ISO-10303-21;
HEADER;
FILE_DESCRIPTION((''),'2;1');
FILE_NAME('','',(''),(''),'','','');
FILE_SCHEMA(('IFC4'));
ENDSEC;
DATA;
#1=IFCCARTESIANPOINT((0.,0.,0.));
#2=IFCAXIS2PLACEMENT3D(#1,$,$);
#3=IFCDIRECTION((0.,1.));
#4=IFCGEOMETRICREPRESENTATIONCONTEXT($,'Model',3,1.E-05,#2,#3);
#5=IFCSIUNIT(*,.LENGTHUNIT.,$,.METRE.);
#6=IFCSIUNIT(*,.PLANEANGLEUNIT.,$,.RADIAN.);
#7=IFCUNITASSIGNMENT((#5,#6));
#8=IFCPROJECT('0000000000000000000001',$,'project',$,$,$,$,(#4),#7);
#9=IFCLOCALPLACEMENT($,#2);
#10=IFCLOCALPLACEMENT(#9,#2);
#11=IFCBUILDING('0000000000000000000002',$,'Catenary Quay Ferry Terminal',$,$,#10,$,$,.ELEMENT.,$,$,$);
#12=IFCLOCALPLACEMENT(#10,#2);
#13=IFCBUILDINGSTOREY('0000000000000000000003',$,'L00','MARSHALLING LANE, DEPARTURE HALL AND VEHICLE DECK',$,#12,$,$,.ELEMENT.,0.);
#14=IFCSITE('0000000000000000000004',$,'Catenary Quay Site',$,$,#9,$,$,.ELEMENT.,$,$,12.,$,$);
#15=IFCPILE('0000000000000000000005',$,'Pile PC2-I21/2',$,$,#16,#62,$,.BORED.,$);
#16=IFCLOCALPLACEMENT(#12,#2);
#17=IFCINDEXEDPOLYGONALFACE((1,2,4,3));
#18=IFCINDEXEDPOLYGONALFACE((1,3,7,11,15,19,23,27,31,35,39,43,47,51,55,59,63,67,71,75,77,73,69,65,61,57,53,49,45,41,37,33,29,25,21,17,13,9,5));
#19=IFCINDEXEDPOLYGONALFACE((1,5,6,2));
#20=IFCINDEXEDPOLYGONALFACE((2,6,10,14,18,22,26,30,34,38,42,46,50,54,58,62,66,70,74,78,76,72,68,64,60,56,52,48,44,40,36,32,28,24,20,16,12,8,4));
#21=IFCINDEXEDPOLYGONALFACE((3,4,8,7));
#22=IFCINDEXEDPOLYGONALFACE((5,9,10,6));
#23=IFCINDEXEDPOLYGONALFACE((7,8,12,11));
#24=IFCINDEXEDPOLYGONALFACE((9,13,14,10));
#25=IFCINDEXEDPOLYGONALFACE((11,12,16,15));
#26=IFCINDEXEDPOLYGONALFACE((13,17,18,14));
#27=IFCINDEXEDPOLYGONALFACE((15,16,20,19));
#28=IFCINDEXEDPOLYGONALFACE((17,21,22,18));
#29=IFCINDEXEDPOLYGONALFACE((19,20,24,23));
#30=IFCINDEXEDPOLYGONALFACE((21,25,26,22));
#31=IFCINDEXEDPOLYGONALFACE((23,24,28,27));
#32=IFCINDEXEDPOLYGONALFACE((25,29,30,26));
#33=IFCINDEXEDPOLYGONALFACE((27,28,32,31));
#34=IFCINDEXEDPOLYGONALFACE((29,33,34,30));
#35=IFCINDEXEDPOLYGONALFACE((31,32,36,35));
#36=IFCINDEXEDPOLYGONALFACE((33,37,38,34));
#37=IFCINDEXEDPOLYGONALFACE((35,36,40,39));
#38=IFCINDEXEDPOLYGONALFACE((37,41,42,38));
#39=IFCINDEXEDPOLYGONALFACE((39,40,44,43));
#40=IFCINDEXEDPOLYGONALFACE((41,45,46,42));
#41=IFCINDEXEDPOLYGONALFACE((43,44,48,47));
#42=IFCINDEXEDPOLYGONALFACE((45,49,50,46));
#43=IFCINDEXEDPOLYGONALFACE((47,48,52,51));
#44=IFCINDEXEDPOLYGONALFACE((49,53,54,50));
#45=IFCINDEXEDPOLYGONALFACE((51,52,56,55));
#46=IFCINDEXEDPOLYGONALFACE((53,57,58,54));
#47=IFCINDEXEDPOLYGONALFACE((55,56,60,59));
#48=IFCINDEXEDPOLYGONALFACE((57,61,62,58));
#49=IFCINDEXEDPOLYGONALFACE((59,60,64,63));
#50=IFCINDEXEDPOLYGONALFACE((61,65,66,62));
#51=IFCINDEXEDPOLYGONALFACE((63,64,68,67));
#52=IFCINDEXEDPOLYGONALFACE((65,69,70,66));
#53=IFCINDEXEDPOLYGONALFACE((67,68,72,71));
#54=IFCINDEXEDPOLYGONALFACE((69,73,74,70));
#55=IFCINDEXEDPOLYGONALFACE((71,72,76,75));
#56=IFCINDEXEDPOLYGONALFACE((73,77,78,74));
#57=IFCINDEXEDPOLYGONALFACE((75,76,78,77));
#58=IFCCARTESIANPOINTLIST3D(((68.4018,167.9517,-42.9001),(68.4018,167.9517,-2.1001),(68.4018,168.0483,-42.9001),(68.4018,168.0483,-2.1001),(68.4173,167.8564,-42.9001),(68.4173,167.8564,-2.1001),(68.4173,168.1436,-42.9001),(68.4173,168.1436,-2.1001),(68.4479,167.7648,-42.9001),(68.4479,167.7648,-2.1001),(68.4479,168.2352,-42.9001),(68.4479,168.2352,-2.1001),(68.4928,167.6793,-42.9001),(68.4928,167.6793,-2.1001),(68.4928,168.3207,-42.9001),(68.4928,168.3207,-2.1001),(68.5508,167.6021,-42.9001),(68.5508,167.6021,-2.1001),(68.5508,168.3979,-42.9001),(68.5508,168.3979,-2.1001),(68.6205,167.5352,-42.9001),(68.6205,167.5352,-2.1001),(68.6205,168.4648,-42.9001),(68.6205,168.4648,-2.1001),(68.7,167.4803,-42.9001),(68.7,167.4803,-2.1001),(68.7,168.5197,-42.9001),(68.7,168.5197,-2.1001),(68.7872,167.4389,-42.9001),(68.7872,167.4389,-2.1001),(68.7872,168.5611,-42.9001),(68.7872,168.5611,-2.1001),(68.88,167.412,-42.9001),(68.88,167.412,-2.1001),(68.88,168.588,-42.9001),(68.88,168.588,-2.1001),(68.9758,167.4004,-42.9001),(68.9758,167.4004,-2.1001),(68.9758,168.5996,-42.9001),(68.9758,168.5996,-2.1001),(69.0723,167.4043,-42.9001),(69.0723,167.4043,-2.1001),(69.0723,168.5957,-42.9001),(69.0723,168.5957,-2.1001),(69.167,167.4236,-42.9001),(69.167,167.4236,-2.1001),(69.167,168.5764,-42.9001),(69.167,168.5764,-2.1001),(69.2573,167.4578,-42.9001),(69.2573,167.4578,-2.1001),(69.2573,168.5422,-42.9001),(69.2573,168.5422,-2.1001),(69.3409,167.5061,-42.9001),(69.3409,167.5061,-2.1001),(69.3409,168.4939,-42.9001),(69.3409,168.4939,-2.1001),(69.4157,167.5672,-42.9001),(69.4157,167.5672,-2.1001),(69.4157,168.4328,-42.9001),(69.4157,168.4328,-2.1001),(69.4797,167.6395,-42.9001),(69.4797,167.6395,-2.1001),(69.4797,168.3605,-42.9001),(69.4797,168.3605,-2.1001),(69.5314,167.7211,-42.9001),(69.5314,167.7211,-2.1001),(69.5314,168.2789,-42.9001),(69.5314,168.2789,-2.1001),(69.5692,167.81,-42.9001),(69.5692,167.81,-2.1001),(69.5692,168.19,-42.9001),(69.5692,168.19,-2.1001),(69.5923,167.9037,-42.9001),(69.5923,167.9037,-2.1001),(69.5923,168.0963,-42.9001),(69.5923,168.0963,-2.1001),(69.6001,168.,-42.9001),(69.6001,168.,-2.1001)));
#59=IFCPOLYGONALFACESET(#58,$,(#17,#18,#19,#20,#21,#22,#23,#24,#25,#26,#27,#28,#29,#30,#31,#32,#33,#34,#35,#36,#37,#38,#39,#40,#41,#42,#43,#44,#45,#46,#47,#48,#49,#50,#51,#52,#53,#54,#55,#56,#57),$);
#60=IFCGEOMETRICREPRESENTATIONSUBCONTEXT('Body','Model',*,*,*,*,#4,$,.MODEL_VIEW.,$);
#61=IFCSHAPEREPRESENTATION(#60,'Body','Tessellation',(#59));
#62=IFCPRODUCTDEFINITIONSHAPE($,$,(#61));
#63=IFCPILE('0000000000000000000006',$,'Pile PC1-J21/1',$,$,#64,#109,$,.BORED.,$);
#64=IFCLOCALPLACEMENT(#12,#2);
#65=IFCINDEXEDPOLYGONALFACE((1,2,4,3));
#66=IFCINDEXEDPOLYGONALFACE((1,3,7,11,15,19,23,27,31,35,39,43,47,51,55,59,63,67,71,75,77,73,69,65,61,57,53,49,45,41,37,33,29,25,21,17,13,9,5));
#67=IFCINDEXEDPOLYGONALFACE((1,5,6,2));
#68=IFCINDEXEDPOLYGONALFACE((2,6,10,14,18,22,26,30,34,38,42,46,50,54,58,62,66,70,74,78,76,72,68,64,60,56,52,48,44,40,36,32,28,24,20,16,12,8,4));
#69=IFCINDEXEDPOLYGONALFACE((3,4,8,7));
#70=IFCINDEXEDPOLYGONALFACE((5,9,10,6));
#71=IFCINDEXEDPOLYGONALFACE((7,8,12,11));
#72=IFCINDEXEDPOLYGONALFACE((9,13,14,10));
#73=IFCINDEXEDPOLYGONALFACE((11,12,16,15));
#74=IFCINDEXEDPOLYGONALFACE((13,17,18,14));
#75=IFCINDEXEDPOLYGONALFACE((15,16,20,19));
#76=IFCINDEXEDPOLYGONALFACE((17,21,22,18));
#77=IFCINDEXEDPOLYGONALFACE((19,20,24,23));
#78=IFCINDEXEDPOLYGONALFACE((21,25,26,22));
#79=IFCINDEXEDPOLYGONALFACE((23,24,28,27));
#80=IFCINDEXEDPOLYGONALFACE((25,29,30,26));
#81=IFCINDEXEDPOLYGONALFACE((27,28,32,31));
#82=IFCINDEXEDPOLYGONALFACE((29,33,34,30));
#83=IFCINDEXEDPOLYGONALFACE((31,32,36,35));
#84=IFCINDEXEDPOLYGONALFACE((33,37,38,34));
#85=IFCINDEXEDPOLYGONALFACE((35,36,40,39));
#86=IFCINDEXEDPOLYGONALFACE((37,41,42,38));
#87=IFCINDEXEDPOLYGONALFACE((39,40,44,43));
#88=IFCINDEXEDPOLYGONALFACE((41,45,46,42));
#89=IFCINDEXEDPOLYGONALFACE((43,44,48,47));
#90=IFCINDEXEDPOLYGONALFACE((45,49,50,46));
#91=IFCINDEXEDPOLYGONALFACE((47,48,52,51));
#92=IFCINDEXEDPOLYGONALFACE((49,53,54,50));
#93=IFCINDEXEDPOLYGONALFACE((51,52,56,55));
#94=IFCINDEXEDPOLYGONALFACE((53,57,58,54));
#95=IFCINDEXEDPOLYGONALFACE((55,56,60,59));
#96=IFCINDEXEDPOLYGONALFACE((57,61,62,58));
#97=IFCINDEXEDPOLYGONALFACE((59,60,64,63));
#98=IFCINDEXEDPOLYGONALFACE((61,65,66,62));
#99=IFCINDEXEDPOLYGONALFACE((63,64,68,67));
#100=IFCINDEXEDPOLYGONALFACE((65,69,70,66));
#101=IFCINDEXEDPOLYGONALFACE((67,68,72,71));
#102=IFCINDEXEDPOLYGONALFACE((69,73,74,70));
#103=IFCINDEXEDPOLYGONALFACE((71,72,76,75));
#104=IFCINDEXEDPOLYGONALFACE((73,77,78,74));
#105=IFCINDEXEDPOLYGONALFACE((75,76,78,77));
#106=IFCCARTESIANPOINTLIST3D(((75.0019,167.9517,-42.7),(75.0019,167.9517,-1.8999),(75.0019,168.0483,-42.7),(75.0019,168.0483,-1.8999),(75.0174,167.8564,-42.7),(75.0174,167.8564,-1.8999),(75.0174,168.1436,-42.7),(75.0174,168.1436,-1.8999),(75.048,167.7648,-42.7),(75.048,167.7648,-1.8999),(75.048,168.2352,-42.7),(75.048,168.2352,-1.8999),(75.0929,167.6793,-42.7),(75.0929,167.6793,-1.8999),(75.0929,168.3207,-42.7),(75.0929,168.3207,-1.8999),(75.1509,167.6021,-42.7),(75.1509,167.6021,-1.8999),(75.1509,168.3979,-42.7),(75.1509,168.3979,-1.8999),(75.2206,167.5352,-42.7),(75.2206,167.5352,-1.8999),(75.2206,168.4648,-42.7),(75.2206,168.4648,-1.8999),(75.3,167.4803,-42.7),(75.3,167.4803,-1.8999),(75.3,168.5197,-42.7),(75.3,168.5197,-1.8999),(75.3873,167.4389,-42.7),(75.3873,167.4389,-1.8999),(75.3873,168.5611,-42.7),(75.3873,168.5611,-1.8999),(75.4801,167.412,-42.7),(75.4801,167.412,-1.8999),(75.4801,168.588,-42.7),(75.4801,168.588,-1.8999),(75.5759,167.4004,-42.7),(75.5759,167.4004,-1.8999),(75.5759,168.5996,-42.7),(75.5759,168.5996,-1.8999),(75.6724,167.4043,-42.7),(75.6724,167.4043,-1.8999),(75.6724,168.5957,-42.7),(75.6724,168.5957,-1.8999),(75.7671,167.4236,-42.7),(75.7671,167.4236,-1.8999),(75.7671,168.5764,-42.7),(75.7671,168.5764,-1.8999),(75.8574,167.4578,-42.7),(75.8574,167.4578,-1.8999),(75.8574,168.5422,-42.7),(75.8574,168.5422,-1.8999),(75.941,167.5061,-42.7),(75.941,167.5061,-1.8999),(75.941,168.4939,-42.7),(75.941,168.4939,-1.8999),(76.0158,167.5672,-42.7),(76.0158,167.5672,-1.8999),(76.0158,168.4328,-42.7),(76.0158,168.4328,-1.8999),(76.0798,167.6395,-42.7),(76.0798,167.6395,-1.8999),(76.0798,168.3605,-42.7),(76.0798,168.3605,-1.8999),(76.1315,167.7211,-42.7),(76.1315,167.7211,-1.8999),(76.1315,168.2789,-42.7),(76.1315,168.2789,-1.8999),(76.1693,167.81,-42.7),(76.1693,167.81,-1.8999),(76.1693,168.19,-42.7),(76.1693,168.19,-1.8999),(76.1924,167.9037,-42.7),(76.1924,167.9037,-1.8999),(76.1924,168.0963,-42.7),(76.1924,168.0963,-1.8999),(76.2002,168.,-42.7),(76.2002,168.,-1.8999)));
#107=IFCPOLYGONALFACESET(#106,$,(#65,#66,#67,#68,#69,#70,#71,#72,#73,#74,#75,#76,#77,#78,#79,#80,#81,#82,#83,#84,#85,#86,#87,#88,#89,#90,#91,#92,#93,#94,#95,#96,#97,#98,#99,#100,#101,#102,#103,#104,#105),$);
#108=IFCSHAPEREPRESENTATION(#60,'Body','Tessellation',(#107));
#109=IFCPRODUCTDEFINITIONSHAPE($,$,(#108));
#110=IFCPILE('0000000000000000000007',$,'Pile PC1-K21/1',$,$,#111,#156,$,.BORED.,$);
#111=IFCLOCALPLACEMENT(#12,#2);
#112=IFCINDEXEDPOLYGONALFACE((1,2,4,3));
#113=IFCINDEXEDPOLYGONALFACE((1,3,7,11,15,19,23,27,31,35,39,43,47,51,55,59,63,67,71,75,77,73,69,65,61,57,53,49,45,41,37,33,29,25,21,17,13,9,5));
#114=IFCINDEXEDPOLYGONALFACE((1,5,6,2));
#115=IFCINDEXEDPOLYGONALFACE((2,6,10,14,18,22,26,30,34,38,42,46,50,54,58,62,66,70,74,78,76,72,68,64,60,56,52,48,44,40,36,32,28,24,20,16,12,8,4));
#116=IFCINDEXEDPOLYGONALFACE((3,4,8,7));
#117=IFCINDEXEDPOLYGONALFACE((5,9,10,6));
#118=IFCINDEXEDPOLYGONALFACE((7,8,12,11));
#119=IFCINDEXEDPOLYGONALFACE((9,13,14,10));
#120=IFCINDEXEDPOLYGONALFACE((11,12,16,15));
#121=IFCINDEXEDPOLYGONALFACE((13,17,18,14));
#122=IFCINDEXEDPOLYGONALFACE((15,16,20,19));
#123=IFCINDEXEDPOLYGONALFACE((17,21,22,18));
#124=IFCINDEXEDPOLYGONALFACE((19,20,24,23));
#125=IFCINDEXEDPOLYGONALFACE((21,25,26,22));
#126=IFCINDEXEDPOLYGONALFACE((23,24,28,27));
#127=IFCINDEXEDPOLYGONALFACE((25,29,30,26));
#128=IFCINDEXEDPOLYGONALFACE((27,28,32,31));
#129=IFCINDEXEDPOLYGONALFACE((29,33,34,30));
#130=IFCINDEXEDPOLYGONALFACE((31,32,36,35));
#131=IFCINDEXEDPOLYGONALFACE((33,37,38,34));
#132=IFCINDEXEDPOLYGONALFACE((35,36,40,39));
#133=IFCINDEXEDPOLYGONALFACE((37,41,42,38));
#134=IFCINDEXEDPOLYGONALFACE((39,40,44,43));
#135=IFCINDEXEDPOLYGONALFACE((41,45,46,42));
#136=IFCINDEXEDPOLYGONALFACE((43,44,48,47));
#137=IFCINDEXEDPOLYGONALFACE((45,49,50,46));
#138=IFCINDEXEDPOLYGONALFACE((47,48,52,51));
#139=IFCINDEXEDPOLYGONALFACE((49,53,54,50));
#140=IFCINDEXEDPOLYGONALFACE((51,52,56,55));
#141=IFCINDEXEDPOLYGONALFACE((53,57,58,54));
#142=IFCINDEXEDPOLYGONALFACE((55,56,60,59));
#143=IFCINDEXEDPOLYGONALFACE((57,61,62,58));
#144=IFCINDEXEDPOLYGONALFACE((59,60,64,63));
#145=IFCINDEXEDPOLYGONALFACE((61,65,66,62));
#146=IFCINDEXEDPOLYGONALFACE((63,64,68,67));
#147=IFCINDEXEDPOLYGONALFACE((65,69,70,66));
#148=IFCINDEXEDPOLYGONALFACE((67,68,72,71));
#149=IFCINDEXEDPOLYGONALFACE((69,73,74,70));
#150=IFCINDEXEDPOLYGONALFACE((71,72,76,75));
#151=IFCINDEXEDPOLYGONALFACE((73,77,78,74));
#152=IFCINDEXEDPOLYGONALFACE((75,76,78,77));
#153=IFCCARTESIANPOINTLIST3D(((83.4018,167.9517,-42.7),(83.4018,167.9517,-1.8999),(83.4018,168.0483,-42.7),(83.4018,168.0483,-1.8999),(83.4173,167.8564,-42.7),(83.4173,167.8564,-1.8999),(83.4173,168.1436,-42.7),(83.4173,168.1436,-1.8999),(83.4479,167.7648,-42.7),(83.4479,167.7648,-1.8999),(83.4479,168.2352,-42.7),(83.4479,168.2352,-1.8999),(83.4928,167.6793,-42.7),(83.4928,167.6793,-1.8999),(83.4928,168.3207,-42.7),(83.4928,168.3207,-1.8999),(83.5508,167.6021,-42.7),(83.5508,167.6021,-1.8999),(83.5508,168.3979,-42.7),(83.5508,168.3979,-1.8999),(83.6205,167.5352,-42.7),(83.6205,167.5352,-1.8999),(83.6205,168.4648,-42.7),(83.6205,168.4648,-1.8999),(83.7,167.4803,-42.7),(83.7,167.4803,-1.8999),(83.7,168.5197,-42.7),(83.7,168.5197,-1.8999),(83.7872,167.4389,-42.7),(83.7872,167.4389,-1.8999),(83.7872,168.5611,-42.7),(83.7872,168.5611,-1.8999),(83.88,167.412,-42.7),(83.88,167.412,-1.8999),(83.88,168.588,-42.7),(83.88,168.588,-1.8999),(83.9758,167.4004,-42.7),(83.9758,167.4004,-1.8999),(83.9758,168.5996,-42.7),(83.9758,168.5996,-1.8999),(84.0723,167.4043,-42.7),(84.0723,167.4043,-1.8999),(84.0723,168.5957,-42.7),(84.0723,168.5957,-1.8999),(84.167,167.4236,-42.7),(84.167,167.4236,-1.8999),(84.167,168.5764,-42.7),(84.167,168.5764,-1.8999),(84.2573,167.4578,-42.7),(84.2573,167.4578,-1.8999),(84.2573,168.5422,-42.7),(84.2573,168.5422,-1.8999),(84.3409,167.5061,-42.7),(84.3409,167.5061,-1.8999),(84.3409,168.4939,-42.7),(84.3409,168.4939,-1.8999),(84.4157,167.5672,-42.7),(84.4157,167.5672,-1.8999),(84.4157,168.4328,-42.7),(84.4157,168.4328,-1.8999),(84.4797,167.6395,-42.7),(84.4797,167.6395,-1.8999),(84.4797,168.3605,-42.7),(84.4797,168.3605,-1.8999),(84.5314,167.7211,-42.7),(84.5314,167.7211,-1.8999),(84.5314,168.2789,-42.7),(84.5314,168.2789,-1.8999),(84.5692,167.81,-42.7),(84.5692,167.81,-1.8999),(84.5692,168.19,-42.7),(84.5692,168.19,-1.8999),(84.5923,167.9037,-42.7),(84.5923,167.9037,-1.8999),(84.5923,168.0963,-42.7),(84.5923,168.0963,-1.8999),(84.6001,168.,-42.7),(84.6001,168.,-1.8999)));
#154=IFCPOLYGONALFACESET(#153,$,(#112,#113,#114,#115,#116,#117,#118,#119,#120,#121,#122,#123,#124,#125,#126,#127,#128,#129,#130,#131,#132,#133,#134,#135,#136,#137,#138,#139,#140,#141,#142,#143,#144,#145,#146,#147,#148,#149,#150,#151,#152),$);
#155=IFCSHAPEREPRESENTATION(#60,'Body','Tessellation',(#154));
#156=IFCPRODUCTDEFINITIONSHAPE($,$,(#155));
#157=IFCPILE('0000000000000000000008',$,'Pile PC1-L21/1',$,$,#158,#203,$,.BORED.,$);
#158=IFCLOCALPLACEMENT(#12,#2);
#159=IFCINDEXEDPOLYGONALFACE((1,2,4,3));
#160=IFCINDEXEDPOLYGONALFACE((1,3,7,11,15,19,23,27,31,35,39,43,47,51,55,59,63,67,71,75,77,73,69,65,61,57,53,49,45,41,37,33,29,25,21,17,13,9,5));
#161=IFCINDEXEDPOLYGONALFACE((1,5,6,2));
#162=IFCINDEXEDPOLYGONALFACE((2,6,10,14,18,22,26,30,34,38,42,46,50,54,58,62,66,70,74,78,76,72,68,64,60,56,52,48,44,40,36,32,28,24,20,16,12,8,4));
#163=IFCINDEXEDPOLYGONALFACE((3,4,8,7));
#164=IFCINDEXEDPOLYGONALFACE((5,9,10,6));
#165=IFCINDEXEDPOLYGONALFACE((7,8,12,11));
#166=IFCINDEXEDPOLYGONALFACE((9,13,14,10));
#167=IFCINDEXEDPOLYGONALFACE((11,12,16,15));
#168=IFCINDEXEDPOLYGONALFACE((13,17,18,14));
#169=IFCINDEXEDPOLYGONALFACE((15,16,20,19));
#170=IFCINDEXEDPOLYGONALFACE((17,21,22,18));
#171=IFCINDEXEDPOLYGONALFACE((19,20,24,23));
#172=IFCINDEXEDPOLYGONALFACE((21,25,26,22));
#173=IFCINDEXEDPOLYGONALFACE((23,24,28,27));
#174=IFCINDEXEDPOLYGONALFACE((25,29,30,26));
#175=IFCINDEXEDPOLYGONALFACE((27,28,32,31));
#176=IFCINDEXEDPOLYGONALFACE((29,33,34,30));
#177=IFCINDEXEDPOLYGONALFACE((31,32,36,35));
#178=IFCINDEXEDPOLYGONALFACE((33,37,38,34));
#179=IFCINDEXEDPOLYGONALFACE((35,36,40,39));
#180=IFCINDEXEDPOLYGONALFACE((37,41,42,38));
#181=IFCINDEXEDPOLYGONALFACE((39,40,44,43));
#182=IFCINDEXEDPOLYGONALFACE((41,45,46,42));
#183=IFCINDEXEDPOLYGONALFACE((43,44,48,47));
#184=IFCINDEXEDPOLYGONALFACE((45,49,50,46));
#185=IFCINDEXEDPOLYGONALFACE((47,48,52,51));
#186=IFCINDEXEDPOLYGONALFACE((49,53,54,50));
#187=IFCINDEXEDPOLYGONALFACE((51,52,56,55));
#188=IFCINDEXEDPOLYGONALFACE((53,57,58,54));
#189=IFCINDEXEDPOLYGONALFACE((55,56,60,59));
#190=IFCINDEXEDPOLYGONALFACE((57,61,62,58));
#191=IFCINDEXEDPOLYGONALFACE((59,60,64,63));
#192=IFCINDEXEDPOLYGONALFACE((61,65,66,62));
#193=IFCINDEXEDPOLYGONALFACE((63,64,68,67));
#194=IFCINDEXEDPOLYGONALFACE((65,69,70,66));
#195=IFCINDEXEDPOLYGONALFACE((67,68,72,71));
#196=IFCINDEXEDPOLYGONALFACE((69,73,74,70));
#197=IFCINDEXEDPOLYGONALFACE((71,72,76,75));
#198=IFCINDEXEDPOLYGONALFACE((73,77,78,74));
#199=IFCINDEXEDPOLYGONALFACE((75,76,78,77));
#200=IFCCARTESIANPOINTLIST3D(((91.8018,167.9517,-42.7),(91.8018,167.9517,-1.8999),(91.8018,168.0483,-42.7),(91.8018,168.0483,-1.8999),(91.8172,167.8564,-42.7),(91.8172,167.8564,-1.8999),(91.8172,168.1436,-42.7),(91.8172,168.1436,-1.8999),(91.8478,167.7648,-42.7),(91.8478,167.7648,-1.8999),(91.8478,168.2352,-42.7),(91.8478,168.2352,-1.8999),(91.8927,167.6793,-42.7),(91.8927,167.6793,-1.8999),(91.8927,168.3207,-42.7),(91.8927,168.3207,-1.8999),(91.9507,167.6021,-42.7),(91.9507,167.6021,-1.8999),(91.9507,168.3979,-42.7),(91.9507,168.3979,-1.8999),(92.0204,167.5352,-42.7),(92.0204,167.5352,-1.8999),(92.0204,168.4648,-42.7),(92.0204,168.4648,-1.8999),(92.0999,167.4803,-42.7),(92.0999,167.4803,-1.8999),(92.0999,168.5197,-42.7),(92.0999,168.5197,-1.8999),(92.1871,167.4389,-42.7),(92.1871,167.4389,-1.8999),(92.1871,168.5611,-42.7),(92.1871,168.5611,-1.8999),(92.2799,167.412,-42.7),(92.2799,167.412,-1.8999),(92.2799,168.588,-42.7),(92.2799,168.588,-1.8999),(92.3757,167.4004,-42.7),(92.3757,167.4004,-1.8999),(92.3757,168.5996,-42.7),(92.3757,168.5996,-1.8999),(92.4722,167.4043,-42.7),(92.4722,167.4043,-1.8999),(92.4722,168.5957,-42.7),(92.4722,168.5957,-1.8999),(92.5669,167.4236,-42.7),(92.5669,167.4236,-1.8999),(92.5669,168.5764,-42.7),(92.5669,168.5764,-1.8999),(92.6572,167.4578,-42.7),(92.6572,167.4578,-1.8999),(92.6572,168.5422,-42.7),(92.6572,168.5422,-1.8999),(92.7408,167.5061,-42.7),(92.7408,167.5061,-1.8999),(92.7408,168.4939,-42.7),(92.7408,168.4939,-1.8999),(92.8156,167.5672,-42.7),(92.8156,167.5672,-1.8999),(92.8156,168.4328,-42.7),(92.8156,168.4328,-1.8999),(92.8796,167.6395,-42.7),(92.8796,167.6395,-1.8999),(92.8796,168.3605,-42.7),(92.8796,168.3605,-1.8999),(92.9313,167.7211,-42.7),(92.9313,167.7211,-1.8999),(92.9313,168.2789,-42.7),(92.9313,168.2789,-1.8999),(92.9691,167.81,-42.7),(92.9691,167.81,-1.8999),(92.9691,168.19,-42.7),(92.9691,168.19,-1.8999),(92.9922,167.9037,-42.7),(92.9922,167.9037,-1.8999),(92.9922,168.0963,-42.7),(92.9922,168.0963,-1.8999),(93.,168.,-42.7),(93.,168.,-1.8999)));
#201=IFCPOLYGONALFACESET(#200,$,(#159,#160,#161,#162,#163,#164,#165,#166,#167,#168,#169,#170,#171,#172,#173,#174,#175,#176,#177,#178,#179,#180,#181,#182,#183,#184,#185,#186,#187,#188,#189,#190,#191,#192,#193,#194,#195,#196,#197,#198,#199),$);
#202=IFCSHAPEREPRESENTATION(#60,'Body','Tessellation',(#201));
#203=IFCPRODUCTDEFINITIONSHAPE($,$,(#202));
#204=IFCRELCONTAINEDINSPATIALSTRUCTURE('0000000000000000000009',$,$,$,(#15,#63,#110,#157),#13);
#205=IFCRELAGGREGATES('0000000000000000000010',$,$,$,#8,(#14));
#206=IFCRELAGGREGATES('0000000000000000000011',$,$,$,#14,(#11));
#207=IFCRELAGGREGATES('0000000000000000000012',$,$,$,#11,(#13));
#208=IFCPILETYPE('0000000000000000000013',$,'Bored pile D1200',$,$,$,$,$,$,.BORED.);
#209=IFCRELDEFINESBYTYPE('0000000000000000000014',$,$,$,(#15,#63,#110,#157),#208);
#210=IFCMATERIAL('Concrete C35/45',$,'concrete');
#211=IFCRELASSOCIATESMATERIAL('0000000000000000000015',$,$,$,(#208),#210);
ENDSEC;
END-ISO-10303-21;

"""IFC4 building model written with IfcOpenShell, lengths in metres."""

from ifc_helpers import new_model, si_unit, direction, frame, origin, origin_2d, place, context, subcontext, project, spatial, circle, extrude, material, material_profile, profile_set, type_object, element, save


model = new_model("IFC4")

# Units and contexts
model_context = context("Model", 3, precision=1e-05, world=origin(), true_north=direction((0.0, 1.0)))
body_context = subcontext(model_context, "Body", "Model", "MODEL_VIEW")
ifc_project = project(units=[si_unit("LENGTHUNIT", "METRE"), si_unit("PLANEANGLEUNIT", "RADIAN")], contexts=[model_context])

# Site, building, storey
site_placement = place(None, origin())
site = spatial("IfcSite", under=ifc_project, at=site_placement, Name="Catenary Quay Site", CompositionType="ELEMENT", RefElevation=12.0)
building_placement = place(site_placement, origin())
building = spatial("IfcBuilding", under=site, at=building_placement, Name="Catenary Quay Ferry Terminal", CompositionType="ELEMENT")
storey_placement = place(building_placement, origin())
storey = spatial("IfcBuildingStorey", under=building, at=storey_placement, Name="L00", Description="MARSHALLING LANE, DEPARTURE HALL AND VEHICLE DECK", CompositionType="ELEMENT", Elevation=0.0)

# Piles
ifc_material_1 = material(Name="Concrete C35/45", Category="concrete")
ifc_material_profile = material_profile(ifc_material_1, circle(Radius=0.6001, at=origin_2d()), Name="D1200")
ifc_profile_set = profile_set([ifc_material_profile], Name="Concrete C35/45")
pile_type = type_object("IfcPileType", Name="Bored pile D1200", PredefinedType="BORED", material=ifc_profile_set)
for number, where, z_axis, x_axis, name in (
    (1, (69.0, 168.0, -2.1001), (0.0, 0.0, -1.0), (1.0, 0.0, 0.0), "Pile PC2-I21/2"),
    (2, (75.6001, 168.0, -1.8999), (0.0, 0.0, -1.0), (1.0, 0.0, 0.0), "Pile PC1-J21/1"),
    (3, (84.0, 168.0, -1.8999), (0.0, 0.0, -1.0), (1.0, 0.0, 0.0), "Pile PC1-K21/1"),
    (4, (92.3999, 168.0, -1.8999), (0.0, 0.0, -1.0), (1.0, 0.0, 0.0), "Pile PC1-L21/1"),
):
    element("IfcPile", number, at=place(storey_placement, frame(where, z_axis=z_axis, x_axis=x_axis)), inside=storey, type_object=pile_type, Name=name, PredefinedType="BORED", context=body_context, shape_type="SweptSolid", body=[
        extrude(circle(Radius=0.6001, at=origin_2d()), origin(), (0.0, 0.0, 1.0), 40.8),
    ])

save(model, "model.ifc")
